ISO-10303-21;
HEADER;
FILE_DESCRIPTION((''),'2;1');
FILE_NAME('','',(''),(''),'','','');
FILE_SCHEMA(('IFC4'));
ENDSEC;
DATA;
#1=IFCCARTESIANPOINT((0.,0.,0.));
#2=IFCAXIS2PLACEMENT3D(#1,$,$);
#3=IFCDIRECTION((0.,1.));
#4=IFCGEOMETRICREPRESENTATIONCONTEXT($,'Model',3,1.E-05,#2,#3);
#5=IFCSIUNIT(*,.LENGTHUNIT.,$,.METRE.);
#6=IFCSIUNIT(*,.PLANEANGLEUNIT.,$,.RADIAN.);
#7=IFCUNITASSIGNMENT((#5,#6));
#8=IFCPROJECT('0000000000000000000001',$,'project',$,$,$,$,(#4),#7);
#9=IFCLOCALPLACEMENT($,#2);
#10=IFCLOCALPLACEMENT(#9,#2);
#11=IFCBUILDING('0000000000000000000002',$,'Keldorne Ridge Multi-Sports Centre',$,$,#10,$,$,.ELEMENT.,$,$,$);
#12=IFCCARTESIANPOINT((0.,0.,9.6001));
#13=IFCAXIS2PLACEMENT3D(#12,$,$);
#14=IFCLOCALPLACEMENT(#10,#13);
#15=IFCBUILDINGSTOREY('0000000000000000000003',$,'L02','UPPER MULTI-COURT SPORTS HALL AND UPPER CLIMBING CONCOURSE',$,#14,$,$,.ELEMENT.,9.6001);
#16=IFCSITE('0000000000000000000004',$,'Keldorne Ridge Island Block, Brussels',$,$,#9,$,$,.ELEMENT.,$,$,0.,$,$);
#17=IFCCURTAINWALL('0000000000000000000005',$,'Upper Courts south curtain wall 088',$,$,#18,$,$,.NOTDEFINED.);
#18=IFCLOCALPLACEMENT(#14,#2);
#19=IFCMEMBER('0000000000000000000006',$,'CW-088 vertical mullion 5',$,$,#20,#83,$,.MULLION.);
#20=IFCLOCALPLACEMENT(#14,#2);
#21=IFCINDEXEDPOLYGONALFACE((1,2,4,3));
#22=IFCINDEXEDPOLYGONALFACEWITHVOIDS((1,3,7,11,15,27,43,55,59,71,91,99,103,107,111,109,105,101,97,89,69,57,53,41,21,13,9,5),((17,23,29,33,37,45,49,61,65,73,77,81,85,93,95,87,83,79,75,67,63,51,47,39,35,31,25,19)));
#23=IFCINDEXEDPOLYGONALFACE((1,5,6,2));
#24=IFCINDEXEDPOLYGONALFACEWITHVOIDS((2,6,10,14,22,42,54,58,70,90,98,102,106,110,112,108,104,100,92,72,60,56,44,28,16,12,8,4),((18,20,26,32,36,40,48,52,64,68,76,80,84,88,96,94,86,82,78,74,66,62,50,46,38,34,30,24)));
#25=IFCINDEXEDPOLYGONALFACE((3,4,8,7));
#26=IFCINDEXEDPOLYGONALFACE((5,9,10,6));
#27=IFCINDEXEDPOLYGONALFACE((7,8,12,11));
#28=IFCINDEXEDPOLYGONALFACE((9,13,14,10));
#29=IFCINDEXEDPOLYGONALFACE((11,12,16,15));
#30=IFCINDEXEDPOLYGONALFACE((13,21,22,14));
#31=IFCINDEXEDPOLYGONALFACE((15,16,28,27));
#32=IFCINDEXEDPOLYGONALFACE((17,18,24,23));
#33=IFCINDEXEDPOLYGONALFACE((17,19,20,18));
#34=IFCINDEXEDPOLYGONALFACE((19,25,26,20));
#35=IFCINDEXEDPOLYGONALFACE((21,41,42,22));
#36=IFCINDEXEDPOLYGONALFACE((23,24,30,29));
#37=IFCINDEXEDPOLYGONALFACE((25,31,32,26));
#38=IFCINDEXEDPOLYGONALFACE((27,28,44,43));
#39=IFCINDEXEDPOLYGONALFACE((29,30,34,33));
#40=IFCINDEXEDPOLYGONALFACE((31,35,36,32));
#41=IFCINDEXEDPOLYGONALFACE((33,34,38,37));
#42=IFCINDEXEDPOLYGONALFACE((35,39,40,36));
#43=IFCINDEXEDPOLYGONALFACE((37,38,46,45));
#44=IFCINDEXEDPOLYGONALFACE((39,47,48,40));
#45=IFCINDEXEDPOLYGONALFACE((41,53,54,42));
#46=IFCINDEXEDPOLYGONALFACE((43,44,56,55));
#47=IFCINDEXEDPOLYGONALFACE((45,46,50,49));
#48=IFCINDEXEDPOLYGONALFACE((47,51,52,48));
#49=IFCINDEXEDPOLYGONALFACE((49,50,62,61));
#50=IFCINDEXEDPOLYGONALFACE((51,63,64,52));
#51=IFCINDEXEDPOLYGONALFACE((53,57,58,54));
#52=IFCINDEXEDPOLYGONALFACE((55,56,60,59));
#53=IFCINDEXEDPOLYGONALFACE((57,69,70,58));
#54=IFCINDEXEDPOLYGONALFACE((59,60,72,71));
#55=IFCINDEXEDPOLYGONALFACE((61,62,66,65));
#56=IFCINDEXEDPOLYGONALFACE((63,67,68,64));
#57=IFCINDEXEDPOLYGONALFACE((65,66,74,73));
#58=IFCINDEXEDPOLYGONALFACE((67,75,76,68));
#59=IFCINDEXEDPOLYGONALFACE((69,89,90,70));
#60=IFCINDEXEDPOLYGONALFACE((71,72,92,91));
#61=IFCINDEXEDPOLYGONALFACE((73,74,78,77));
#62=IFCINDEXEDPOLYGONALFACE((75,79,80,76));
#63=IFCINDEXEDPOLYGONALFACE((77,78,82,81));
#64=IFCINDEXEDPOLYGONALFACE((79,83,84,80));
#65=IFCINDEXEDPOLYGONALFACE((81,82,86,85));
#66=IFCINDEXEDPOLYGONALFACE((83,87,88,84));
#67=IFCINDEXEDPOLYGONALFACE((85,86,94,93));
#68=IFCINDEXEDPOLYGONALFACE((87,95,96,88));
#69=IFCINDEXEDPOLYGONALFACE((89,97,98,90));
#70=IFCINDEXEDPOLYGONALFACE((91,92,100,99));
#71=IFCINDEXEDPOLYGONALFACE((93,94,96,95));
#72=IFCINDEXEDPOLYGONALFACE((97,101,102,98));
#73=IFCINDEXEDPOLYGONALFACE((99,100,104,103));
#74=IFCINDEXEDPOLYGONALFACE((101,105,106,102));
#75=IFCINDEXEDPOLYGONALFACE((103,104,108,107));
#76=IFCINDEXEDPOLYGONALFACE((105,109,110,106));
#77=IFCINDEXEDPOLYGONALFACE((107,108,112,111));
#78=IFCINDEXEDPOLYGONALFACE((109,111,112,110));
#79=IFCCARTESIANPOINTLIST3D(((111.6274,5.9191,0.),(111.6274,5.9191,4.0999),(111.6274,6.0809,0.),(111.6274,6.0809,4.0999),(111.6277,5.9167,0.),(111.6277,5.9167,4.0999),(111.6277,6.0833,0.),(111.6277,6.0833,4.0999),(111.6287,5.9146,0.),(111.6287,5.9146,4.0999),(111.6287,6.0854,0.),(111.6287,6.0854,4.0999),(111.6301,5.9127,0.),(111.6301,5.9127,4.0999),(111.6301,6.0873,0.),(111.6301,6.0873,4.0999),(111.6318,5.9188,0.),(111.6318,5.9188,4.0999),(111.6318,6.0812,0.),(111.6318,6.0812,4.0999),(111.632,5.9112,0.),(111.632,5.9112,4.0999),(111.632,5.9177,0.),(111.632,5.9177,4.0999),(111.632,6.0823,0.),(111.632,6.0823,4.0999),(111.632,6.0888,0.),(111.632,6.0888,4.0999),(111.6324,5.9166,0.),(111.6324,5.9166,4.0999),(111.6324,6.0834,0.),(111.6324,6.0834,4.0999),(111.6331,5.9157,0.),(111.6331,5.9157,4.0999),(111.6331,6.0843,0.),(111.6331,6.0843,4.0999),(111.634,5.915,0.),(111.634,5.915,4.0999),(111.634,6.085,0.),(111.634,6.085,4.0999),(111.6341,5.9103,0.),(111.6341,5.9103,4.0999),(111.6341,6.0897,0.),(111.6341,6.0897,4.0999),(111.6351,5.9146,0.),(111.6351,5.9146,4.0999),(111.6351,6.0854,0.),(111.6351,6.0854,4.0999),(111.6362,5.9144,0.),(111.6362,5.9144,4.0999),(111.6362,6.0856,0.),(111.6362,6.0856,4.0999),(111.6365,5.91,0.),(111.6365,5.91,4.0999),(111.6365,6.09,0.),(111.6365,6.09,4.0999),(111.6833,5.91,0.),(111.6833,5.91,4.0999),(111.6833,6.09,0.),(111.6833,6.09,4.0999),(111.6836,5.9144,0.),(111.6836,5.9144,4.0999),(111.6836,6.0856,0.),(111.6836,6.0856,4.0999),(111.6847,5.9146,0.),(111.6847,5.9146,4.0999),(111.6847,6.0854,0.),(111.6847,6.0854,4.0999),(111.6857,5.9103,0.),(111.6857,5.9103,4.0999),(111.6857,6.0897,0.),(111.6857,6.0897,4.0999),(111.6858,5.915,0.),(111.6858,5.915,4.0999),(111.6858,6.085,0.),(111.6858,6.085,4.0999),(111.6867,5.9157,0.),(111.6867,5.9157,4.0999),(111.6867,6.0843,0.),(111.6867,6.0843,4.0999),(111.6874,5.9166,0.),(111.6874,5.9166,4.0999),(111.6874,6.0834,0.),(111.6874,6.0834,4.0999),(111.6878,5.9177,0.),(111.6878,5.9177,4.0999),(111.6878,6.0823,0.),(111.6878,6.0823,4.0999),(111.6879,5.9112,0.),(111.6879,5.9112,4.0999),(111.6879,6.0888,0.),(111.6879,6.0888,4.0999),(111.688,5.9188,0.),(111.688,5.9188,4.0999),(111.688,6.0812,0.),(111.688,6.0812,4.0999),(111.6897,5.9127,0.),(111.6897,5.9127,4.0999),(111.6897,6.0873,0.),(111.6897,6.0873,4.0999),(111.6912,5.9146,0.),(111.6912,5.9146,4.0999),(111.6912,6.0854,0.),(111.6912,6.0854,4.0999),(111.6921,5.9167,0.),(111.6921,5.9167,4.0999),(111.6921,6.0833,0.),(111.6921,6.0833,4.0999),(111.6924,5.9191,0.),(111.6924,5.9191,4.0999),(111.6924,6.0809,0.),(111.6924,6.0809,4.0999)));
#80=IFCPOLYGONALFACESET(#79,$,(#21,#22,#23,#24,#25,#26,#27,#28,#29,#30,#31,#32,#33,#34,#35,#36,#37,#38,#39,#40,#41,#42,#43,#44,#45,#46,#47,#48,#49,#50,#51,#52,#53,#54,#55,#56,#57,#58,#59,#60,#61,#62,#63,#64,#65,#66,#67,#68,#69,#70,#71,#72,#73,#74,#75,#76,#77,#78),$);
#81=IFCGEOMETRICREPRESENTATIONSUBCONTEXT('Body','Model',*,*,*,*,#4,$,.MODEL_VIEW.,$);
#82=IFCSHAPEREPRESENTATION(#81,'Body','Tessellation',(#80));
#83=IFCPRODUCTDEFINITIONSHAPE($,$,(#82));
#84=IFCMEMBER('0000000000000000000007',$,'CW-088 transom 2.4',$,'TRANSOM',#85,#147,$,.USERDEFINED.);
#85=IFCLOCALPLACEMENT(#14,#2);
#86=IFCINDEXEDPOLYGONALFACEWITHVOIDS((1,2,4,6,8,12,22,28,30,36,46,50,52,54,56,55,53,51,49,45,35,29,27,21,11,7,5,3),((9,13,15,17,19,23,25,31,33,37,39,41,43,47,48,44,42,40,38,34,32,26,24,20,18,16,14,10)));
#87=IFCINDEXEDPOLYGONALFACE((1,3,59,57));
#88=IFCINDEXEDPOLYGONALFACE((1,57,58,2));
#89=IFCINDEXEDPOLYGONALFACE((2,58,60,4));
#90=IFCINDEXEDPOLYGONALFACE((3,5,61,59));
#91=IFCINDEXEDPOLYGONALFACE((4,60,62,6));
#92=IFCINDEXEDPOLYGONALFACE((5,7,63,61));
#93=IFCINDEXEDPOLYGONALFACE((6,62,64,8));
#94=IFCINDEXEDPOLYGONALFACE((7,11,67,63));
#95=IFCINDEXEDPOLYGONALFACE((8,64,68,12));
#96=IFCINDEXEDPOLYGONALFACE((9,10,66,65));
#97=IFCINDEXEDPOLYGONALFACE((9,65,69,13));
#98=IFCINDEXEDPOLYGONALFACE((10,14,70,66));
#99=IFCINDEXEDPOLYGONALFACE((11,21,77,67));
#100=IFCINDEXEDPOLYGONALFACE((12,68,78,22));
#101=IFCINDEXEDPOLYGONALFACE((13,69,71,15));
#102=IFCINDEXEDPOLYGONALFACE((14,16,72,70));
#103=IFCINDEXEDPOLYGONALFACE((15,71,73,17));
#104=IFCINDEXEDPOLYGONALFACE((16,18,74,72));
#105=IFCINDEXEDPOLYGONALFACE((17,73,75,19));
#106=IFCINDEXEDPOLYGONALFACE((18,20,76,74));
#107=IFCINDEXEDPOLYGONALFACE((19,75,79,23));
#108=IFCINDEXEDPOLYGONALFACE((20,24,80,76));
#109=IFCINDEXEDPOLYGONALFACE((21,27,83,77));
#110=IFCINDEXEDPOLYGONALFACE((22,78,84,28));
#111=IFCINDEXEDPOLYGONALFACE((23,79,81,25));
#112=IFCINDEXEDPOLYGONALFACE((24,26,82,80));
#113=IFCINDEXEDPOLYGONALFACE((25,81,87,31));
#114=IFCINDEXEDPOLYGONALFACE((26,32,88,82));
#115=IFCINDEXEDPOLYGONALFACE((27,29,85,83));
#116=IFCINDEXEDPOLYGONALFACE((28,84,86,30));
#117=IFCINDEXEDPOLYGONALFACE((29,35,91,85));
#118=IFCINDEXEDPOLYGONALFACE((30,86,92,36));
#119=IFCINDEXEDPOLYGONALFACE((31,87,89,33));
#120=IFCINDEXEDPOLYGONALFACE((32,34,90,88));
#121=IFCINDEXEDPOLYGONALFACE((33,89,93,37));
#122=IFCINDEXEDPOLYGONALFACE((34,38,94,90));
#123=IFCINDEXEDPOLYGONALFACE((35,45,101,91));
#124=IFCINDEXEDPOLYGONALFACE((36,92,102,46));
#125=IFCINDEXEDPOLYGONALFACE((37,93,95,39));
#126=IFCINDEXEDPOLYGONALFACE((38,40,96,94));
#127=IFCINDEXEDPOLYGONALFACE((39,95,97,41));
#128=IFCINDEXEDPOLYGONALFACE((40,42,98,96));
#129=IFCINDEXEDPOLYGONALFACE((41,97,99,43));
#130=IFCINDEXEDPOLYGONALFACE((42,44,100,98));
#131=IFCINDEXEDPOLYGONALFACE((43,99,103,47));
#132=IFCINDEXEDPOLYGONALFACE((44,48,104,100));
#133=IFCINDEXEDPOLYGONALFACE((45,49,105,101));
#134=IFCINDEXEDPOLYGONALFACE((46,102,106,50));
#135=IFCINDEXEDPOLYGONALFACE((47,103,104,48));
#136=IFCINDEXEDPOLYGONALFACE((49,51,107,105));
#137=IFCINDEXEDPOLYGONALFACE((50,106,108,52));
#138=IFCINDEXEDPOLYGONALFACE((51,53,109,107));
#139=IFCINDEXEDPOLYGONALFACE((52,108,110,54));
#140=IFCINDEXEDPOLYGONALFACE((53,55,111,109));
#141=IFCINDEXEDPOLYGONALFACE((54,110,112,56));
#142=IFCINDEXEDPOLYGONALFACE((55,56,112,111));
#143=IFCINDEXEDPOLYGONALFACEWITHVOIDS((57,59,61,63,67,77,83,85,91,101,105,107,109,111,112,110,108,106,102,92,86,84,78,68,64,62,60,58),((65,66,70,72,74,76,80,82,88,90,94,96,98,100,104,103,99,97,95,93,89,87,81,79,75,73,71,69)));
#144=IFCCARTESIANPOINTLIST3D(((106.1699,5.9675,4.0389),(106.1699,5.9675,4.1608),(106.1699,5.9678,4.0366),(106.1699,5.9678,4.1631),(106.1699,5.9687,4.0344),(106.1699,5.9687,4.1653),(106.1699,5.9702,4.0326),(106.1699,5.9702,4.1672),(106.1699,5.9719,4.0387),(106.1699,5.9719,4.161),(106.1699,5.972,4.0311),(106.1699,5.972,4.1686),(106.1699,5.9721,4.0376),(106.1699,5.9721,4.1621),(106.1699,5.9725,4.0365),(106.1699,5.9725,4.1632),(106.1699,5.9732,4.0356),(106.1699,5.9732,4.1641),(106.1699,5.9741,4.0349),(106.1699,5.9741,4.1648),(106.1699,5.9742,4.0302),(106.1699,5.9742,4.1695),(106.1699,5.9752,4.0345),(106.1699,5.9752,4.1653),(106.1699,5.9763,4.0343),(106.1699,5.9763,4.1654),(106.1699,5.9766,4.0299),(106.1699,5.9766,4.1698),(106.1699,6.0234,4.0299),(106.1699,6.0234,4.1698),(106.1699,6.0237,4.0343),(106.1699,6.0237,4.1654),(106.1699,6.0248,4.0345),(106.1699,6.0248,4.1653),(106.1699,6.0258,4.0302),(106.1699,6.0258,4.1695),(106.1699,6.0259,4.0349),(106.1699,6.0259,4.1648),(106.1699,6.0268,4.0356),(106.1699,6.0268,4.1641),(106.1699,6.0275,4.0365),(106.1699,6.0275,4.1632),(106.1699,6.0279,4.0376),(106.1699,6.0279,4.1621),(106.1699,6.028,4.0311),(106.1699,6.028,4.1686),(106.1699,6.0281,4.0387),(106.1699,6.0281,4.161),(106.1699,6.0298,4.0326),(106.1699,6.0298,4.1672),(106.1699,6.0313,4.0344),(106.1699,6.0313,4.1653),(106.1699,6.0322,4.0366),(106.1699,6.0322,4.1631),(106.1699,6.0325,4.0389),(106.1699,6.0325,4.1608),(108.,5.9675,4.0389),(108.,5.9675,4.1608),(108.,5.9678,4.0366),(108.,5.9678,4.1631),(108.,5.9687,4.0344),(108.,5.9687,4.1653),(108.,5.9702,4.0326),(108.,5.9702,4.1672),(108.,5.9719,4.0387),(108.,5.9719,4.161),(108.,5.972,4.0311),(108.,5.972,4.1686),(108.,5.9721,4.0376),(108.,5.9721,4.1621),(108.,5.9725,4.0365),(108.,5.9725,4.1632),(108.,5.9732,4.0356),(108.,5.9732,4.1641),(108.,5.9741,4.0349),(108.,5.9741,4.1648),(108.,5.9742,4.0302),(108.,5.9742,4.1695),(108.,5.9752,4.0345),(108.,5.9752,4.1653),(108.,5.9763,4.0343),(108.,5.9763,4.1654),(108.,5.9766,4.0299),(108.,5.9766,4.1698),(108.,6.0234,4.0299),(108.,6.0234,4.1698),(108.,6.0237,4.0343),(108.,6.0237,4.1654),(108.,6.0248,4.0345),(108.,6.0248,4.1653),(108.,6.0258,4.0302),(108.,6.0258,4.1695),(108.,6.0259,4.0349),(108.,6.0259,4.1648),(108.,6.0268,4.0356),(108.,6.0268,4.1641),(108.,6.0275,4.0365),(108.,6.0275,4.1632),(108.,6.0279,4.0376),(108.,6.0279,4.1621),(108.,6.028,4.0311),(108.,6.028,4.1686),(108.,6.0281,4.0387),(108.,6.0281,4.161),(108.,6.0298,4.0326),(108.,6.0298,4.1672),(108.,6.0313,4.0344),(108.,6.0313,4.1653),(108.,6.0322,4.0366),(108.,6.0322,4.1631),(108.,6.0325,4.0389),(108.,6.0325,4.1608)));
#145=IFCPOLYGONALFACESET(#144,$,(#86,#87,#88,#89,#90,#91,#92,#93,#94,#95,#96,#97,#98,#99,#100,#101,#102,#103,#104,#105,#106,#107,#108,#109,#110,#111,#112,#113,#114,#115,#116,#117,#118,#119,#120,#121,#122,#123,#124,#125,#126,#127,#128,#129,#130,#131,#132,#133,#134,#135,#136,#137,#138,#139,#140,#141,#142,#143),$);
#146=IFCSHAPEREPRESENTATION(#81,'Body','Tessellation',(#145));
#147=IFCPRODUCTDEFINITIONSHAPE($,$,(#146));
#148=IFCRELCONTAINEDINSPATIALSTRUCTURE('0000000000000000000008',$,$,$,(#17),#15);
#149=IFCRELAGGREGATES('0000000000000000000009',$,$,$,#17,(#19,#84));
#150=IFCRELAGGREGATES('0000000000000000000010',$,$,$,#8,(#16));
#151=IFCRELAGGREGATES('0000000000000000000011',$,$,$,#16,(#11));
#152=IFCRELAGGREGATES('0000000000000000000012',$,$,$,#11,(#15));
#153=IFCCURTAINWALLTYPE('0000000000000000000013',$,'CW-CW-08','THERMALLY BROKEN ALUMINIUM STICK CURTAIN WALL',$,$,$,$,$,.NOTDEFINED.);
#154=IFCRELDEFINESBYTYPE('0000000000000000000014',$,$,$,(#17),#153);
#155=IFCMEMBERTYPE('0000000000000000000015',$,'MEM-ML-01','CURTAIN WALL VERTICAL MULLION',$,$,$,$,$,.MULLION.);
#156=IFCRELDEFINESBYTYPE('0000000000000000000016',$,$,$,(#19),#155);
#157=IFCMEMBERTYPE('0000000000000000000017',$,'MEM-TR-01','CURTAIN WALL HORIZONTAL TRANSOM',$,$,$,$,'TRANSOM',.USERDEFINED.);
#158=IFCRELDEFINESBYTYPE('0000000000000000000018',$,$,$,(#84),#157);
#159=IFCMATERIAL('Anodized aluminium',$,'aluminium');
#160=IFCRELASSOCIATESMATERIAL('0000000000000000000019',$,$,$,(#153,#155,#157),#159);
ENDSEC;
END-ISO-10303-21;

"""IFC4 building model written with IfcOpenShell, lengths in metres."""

from ifc_helpers import new_model, si_unit, direction, frame, origin, origin_2d, place, context, subcontext, project, spatial, hollow_rectangle, extrude, material, material_profile, profile_set, type_object, element, aggregate, save


model = new_model("IFC4")

# Units and contexts
model_context = context("Model", 3, precision=1e-05, world=origin(), true_north=direction((0.0, 1.0)))
body_context = subcontext(model_context, "Body", "Model", "MODEL_VIEW")
ifc_project = project(units=[si_unit("LENGTHUNIT", "METRE"), si_unit("PLANEANGLEUNIT", "RADIAN")], contexts=[model_context])

# Site, building, storey
site_placement = place(None, origin())
site = spatial("IfcSite", under=ifc_project, at=site_placement, Name="Keldorne Ridge Island Block, Brussels", CompositionType="ELEMENT", RefElevation=0.0)
building_placement = place(site_placement, origin())
building = spatial("IfcBuilding", under=site, at=building_placement, Name="Keldorne Ridge Multi-Sports Centre", CompositionType="ELEMENT")
storey_placement = place(building_placement, frame((0.0, 0.0, 9.6001)))
storey = spatial("IfcBuildingStorey", under=building, at=storey_placement, Name="L02", Description="UPPER MULTI-COURT SPORTS HALL AND UPPER CLIMBING CONCOURSE", CompositionType="ELEMENT", Elevation=9.6001)

# Curtain wall, members
ifc_material_1 = material(Name="Anodized aluminium", Category="aluminium")
curtain_wall_type = type_object("IfcCurtainWallType", Name="CW-CW-08", Description="THERMALLY BROKEN ALUMINIUM STICK CURTAIN WALL", PredefinedType="NOTDEFINED", material=ifc_material_1)
curtain_wall_placement = place(storey_placement, origin())
curtain_wall = element("IfcCurtainWall", 1, at=curtain_wall_placement, inside=storey, type_object=curtain_wall_type, Name="Upper Courts south curtain wall 088", PredefinedType="NOTDEFINED")
ifc_material_profile_1 = material_profile(ifc_material_1, hollow_rectangle(XDim=0.0649, YDim=0.1799, WallThickness=0.0044, InnerFilletRadius=0.0044, OuterFilletRadius=0.009, at=origin_2d()), Name="ALU MULLION 180x65x4.5")
ifc_profile_set_1 = profile_set([ifc_material_profile_1], Name="Anodized aluminium")
member_type_1 = type_object("IfcMemberType", Name="MEM-ML-01", Description="CURTAIN WALL VERTICAL MULLION", PredefinedType="MULLION", material=ifc_profile_set_1)
member_1_placement = place(storey_placement, frame((111.6599, 6.0, 0.0), z_axis=(0.0, 0.0, 1.0), x_axis=(1.0, 0.0, 0.0)))
member_1 = element("IfcMember", 2, at=member_1_placement, type_object=member_type_1, Name="CW-088 vertical mullion 5", PredefinedType="MULLION", context=body_context, shape_type="SweptSolid", body=[
    extrude(hollow_rectangle(XDim=0.0649, YDim=0.1799, WallThickness=0.0044, InnerFilletRadius=0.0044, OuterFilletRadius=0.009, at=origin_2d()), origin(), (0.0, 0.0, 1.0), 4.0999),
])
ifc_material_profile_2 = material_profile(ifc_material_1, hollow_rectangle(XDim=0.0649, YDim=0.1399, WallThickness=0.0044, InnerFilletRadius=0.0044, OuterFilletRadius=0.009, at=origin_2d()), Name="ALU TRANSOM 140x65x4.5")
ifc_profile_set_2 = profile_set([ifc_material_profile_2], Name="Anodized aluminium")
member_type_2 = type_object("IfcMemberType", Name="MEM-TR-01", Description="CURTAIN WALL HORIZONTAL TRANSOM", ElementType="TRANSOM", PredefinedType="USERDEFINED", material=ifc_profile_set_2)
member_2_placement = place(storey_placement, frame((106.1699, 6.0, 4.0999), z_axis=(1.0, 0.0, 0.0), x_axis=(0.0, 1.0, 0.0)))
member_2 = element("IfcMember", 3, at=member_2_placement, type_object=member_type_2, Name="CW-088 transom 2.4", ObjectType="TRANSOM", PredefinedType="USERDEFINED", context=body_context, shape_type="SweptSolid", body=[
    extrude(hollow_rectangle(XDim=0.0649, YDim=0.1399, WallThickness=0.0044, InnerFilletRadius=0.0044, OuterFilletRadius=0.009, at=origin_2d()), origin(), (0.0, 0.0, 1.0), 1.8301),
])
aggregate(curtain_wall, [member_1, member_2])

save(model, "model.ifc")
